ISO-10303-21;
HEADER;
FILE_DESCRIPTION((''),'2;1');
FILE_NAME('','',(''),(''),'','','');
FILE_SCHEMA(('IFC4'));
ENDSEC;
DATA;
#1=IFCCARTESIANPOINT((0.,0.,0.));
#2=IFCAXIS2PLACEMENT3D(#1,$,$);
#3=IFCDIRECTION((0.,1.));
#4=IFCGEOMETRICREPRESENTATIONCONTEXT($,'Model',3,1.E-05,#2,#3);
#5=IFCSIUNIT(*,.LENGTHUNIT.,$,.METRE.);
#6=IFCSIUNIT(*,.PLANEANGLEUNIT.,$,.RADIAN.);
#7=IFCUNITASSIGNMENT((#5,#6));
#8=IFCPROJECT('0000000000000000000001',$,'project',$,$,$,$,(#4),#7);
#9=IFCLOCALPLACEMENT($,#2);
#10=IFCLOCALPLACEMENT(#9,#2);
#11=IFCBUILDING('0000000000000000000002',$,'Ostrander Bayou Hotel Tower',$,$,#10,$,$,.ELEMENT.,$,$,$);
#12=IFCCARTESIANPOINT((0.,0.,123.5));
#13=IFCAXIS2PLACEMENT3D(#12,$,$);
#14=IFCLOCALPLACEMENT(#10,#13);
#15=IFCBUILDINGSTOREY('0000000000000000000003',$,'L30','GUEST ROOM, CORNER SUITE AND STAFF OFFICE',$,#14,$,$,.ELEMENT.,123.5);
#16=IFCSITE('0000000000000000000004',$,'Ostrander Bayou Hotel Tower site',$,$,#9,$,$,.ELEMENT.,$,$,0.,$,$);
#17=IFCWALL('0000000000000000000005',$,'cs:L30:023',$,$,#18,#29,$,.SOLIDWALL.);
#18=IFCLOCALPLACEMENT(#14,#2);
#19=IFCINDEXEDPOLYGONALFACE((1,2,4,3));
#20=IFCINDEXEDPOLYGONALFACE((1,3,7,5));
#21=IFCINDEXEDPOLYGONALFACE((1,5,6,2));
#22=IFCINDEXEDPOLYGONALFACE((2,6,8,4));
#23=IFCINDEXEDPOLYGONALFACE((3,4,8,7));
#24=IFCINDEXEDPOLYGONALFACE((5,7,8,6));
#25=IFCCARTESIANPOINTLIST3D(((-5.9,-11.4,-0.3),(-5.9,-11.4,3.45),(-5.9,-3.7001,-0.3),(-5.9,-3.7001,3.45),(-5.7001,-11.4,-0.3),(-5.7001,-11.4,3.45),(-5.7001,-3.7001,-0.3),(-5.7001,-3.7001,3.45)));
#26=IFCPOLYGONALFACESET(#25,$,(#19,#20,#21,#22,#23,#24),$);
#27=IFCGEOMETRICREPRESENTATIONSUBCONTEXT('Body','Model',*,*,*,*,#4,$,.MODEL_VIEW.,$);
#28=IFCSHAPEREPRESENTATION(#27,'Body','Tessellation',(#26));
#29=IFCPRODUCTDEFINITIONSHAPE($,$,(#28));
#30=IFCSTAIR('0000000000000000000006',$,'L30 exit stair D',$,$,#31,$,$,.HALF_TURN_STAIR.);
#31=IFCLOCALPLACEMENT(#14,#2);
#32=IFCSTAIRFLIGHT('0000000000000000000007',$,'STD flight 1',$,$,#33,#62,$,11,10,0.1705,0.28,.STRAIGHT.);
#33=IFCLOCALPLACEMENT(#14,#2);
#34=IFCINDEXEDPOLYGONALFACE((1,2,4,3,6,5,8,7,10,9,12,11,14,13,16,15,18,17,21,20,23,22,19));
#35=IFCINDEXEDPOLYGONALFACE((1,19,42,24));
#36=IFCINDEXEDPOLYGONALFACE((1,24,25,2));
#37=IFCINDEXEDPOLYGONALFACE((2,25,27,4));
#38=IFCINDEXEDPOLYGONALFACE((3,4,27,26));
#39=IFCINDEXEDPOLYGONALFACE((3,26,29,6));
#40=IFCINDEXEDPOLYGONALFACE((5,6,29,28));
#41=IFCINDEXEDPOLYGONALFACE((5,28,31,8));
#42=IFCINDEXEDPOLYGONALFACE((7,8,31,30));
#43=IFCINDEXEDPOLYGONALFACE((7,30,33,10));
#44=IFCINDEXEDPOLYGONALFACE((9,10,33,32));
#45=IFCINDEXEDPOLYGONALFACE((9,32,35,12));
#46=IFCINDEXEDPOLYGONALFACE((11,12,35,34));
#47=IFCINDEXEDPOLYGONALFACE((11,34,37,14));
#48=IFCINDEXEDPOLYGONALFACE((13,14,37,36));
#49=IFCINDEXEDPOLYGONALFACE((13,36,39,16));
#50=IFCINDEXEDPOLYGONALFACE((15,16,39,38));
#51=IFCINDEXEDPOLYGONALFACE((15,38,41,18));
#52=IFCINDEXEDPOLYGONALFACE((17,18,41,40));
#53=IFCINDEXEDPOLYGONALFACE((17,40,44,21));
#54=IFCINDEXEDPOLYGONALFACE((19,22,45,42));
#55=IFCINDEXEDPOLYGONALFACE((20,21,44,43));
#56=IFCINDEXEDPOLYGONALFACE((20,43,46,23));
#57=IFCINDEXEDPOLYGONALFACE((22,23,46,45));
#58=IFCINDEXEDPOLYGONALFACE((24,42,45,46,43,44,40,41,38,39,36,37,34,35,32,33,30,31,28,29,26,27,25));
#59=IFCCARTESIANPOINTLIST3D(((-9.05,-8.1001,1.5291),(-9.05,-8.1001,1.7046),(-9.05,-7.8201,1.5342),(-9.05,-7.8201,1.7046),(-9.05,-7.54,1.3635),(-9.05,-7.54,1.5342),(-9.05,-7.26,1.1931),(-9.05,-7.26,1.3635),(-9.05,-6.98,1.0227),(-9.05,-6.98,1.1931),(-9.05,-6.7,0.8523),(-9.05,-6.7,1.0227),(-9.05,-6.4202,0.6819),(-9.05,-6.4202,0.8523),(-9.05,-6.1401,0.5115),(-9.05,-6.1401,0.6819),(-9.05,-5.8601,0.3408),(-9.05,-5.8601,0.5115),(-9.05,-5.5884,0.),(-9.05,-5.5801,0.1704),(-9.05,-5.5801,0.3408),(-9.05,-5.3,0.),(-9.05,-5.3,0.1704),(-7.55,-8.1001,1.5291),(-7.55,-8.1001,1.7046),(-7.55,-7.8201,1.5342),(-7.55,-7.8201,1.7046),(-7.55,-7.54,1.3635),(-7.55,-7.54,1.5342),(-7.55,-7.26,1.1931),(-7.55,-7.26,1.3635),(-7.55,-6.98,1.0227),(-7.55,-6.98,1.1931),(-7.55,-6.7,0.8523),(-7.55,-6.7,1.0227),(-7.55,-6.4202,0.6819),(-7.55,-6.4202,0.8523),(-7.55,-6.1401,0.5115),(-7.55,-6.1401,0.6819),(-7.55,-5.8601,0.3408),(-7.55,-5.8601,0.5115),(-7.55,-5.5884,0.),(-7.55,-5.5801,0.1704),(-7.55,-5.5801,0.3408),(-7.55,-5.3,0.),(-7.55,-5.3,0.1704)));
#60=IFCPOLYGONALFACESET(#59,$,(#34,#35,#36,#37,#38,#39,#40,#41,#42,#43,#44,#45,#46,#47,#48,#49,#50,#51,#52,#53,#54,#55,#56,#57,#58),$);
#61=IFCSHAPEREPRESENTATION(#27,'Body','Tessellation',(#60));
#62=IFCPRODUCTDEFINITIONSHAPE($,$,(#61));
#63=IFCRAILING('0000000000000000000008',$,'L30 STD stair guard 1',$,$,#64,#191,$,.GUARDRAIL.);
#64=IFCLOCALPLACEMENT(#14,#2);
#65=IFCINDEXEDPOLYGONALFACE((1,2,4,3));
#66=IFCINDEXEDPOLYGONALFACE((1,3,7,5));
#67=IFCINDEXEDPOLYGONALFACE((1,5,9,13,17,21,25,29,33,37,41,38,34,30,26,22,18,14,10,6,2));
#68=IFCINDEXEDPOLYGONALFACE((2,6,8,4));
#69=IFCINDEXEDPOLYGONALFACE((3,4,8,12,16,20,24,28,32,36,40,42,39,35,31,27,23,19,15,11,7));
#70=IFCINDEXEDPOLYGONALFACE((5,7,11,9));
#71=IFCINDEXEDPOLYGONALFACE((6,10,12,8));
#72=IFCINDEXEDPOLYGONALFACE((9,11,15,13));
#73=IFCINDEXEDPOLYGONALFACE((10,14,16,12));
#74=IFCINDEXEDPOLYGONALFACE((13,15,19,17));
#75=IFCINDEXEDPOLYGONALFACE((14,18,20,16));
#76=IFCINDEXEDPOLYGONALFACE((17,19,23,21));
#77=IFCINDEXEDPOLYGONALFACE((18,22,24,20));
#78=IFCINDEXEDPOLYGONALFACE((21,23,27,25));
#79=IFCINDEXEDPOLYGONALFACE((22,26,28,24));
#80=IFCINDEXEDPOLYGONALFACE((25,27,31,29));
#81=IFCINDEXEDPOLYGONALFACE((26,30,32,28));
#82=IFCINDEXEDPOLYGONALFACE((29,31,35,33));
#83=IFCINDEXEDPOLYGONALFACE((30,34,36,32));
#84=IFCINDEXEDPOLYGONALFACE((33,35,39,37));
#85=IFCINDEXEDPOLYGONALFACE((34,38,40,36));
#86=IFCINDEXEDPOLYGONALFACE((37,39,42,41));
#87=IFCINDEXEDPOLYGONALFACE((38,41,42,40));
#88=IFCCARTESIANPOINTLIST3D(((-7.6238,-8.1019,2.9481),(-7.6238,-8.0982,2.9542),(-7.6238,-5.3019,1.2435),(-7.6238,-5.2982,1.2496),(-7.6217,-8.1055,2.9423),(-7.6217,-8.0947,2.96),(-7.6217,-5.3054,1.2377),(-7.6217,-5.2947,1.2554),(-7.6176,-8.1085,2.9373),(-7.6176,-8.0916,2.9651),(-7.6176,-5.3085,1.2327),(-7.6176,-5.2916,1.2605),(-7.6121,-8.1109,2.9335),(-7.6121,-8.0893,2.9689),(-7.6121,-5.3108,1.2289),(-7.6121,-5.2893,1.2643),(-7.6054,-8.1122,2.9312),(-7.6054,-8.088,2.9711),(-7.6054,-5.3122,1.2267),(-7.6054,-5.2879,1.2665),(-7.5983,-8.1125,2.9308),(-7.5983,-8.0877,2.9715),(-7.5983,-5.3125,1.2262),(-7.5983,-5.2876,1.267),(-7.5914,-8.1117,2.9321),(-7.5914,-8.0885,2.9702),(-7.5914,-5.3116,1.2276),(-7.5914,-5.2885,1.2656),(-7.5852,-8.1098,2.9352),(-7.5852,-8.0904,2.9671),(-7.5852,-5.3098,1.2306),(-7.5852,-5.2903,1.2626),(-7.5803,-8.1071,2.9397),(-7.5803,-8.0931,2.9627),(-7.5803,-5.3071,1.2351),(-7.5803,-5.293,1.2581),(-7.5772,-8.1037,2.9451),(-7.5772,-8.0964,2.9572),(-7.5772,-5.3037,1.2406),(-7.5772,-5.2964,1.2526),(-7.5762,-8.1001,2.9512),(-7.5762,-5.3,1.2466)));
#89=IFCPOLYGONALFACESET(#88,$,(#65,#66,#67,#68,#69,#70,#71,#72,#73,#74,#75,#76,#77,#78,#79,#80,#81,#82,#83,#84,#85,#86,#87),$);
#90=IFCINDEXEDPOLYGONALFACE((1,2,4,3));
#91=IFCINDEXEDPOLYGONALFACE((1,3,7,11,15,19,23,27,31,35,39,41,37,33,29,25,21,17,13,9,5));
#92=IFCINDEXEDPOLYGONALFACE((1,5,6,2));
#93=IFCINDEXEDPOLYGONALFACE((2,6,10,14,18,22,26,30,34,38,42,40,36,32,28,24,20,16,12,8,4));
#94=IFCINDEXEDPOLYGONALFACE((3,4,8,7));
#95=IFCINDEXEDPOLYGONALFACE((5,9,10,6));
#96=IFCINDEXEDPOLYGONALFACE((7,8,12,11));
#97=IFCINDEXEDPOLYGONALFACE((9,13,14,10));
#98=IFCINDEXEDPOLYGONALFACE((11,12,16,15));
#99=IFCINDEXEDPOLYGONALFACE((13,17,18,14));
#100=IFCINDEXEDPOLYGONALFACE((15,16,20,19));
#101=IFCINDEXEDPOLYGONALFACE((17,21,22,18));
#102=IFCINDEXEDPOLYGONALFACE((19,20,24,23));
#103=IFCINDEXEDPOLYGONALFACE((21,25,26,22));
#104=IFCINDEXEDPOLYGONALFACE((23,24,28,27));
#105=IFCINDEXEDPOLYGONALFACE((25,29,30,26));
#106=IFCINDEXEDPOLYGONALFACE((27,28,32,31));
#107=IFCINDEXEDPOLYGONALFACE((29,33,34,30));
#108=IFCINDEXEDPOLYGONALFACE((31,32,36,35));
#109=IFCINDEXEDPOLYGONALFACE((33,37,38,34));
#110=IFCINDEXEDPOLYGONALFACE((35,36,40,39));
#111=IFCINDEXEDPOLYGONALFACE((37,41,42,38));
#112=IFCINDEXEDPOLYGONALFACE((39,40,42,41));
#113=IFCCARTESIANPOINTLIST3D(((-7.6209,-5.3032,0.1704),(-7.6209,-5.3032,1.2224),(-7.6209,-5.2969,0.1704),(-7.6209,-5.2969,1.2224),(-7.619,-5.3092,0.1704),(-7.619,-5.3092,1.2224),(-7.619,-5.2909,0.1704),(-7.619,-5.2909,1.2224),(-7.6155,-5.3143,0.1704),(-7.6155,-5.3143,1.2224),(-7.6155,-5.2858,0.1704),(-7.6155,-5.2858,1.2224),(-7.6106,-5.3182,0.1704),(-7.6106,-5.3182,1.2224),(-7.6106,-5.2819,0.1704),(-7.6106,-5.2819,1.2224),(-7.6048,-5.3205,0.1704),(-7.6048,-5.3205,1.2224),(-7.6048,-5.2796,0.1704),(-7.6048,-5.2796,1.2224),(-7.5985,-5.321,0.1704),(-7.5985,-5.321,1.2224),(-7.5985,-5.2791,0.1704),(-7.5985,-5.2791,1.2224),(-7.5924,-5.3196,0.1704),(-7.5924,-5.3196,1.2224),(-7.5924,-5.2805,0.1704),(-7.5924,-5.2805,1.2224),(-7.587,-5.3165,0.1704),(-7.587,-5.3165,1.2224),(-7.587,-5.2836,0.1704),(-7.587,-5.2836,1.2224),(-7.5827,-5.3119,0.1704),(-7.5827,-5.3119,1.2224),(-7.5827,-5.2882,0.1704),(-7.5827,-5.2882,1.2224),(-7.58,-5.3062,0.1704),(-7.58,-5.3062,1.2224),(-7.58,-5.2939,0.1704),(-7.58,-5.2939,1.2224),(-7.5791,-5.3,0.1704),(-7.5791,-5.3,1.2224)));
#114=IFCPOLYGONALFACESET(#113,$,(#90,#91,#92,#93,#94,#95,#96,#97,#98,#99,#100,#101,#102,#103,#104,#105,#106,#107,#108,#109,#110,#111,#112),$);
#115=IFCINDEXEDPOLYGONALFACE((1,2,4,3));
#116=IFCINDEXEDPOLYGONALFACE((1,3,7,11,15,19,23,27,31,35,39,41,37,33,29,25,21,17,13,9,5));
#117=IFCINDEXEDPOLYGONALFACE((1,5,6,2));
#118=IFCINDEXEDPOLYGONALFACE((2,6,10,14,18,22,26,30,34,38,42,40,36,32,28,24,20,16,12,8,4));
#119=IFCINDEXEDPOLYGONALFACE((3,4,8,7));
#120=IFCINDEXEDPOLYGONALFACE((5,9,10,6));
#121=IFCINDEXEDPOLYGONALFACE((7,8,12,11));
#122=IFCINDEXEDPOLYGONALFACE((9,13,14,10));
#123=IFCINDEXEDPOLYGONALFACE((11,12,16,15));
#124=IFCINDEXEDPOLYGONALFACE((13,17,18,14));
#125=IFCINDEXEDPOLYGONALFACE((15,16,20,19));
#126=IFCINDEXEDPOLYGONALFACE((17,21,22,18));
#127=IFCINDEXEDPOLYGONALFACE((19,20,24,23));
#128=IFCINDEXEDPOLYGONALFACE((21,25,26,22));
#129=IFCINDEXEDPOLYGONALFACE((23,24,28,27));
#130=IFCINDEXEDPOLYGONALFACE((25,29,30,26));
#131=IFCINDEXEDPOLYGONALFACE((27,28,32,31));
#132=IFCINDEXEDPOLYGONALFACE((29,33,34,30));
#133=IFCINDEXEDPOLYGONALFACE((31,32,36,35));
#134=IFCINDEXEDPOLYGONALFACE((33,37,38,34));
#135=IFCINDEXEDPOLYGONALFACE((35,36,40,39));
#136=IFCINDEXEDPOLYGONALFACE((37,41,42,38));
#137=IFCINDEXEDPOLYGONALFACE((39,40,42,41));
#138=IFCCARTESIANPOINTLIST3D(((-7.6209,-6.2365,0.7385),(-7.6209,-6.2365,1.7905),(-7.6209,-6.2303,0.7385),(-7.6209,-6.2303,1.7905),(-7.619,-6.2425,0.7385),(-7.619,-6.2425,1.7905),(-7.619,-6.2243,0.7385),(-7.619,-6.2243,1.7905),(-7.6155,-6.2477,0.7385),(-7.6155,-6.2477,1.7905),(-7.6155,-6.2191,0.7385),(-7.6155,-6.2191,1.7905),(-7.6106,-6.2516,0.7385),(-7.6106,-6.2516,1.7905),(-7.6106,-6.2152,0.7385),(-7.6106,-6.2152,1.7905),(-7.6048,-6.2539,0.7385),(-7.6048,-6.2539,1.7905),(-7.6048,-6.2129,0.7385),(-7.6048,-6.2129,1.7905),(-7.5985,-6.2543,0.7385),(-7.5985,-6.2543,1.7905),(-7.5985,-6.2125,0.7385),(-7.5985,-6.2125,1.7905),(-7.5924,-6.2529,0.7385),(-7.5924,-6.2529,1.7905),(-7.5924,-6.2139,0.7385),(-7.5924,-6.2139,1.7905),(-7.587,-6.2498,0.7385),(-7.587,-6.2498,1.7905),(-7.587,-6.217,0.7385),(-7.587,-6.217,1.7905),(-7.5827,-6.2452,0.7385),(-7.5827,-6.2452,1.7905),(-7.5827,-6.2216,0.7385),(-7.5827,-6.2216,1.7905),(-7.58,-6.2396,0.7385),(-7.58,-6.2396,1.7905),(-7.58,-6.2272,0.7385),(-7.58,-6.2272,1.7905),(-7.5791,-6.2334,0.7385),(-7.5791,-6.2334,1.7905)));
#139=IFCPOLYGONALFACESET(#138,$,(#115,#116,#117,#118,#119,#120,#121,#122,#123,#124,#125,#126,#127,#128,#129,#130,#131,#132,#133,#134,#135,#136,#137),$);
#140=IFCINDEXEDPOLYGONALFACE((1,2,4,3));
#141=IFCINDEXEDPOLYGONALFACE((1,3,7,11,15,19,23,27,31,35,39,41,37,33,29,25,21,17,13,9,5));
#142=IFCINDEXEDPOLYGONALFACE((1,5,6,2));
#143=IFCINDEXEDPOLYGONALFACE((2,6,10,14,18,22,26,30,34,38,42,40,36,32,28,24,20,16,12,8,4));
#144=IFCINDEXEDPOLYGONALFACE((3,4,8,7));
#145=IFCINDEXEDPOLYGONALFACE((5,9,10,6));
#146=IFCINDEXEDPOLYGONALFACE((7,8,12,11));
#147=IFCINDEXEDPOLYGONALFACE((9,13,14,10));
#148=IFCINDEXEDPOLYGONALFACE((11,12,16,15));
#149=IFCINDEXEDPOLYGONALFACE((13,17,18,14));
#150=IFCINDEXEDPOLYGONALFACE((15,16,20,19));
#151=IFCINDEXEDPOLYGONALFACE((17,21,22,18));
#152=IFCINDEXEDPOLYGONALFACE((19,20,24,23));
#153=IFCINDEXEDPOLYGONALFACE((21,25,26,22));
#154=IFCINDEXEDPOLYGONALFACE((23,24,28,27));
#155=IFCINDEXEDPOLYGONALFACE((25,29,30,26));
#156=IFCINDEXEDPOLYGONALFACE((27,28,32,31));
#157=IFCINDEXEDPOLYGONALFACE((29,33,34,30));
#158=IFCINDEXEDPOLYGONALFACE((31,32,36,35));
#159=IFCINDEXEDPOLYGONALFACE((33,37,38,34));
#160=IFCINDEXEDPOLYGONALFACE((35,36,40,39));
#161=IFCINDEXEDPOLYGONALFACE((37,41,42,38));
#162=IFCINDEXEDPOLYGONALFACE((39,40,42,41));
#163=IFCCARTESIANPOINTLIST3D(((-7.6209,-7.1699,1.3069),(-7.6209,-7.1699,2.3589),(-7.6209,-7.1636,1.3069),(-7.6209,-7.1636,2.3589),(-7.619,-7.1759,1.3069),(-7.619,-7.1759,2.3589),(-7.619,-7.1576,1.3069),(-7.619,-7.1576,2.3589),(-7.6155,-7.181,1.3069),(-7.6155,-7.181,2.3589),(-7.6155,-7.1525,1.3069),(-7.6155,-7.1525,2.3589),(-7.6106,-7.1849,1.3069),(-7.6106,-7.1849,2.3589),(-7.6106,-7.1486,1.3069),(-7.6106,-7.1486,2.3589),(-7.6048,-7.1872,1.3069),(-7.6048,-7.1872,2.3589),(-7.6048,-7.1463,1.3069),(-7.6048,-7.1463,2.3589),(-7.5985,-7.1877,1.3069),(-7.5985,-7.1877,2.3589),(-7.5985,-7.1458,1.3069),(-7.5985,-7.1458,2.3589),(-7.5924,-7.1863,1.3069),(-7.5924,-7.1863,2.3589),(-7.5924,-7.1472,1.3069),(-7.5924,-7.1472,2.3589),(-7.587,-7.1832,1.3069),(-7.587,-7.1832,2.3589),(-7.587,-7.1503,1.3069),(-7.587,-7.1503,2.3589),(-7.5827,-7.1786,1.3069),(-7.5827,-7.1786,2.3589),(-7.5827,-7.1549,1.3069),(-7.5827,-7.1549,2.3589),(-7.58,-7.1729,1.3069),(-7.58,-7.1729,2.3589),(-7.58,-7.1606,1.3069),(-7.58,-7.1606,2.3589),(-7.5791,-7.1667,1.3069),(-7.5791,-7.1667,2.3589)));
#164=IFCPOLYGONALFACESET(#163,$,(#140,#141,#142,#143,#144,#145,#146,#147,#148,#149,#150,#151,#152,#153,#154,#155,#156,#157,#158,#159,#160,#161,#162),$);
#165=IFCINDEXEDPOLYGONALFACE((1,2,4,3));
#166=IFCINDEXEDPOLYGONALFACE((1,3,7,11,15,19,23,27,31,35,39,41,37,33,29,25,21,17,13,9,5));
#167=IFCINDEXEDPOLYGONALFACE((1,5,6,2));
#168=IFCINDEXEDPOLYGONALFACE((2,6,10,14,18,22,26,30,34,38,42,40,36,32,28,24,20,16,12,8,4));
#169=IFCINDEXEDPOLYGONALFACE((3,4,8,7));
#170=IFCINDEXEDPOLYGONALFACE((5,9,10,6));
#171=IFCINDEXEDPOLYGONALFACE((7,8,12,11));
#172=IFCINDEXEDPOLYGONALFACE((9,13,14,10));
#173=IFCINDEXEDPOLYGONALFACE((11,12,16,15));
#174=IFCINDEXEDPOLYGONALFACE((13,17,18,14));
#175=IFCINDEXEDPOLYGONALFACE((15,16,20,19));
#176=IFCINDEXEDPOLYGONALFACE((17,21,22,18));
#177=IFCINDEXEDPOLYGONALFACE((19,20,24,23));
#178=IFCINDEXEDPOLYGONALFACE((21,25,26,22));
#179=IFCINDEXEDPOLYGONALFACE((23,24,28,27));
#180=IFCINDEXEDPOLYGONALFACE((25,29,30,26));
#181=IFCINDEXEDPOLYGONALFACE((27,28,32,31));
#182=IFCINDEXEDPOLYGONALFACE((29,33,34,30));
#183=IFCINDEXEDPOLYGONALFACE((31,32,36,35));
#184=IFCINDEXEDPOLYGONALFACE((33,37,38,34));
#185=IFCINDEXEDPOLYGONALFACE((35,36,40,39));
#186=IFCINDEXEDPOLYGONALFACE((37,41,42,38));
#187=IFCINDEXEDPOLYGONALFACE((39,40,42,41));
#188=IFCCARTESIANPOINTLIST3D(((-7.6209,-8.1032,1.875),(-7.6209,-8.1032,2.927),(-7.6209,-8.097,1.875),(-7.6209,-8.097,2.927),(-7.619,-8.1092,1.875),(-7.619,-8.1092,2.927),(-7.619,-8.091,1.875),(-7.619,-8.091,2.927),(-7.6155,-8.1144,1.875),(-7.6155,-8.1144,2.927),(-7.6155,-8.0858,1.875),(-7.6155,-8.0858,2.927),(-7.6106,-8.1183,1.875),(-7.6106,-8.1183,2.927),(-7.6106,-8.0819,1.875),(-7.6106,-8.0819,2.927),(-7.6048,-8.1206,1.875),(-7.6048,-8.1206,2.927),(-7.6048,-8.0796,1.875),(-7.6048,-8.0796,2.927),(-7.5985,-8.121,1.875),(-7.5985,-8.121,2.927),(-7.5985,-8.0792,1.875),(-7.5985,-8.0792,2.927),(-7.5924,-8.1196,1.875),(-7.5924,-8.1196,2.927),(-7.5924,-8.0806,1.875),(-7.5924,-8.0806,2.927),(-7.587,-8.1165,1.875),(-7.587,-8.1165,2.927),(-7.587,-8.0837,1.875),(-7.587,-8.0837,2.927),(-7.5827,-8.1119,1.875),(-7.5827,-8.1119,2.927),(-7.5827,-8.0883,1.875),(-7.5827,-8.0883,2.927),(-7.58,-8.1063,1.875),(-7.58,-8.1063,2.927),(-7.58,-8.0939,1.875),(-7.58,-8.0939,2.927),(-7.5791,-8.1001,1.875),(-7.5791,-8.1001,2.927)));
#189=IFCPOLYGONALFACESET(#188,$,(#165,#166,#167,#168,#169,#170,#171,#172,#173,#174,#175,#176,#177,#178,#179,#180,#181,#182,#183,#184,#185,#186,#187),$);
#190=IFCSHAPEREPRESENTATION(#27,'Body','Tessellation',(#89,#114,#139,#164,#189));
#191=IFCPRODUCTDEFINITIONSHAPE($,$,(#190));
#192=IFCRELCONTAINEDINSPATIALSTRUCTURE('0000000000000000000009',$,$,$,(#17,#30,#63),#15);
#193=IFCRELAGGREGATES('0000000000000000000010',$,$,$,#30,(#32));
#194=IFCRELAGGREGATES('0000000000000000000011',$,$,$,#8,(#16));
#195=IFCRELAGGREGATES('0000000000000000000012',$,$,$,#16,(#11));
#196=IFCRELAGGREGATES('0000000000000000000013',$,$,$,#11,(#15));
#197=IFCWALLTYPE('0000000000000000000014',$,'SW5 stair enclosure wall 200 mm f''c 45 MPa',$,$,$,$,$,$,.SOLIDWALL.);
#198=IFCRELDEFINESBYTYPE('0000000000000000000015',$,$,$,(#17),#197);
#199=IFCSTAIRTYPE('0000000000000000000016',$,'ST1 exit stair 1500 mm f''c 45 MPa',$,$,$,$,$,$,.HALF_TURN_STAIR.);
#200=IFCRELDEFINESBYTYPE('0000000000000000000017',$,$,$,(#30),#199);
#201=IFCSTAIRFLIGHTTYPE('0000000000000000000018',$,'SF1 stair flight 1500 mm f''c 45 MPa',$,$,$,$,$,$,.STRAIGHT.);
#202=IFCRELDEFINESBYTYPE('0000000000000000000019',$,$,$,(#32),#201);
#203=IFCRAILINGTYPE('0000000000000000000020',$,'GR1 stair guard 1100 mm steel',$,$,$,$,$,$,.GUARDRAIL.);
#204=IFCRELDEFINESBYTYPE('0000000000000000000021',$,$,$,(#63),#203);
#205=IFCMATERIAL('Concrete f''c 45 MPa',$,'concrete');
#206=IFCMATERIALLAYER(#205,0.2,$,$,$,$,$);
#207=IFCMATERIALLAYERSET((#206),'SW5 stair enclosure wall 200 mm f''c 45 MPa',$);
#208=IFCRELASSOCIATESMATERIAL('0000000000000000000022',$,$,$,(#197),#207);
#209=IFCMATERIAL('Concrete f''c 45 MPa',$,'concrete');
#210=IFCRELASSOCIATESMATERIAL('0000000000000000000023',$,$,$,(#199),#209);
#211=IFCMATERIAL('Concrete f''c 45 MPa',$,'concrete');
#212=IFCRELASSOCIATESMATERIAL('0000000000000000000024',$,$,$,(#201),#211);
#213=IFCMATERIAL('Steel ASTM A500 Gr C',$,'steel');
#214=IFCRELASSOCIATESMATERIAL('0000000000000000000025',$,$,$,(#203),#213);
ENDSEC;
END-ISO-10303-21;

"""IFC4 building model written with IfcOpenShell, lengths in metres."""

from ifc_helpers import new_model, si_unit, direction, frame, frame_2d, origin, origin_2d, place, context, subcontext, project, spatial, polyline, rectangle, circle, outline, extrude, material, layer, layer_set, type_object, element, aggregate, save


model = new_model("IFC4")

# Units and contexts
model_context = context("Model", 3, precision=1e-05, world=origin(), true_north=direction((0.0, 1.0)))
body_context = subcontext(model_context, "Body", "Model", "MODEL_VIEW")
ifc_project = project(units=[si_unit("LENGTHUNIT", "METRE"), si_unit("PLANEANGLEUNIT", "RADIAN")], contexts=[model_context])

# Site, building, storey
site_placement = place(None, origin())
site = spatial("IfcSite", under=ifc_project, at=site_placement, Name="Ostrander Bayou Hotel Tower site", CompositionType="ELEMENT", RefElevation=0.0)
building_placement = place(site_placement, origin())
building = spatial("IfcBuilding", under=site, at=building_placement, Name="Ostrander Bayou Hotel Tower", CompositionType="ELEMENT")
storey_placement = place(building_placement, frame((0.0, 0.0, 123.5)))
storey = spatial("IfcBuildingStorey", under=building, at=storey_placement, Name="L30", Description="GUEST ROOM, CORNER SUITE AND STAFF OFFICE", CompositionType="ELEMENT", Elevation=123.5)

# Shared definitions
ifc_material_1 = material(Name="Concrete f'c 45 MPa", Category="concrete")
ifc_layer_1 = layer(ifc_material_1, 0.2)
ifc_layer_set_1 = layer_set([ifc_layer_1], Name="SW5 stair enclosure wall 200 mm f'c 45 MPa")
wall_type_1 = type_object("IfcWallType", Name="SW5 stair enclosure wall 200 mm f'c 45 MPa", PredefinedType="SOLIDWALL", material=ifc_layer_set_1)

# Wall
for number, where, z_axis, x_axis, name in (
    (1, (-5.8, -3.7, -0.3), (0.0, 0.0, 1.0), (0.0, -1.0, 0.0), "cs:L30:023"),
):
    element("IfcWall", number, at=place(storey_placement, frame(where, z_axis=z_axis, x_axis=x_axis)), inside=storey, type_object=wall_type_1, Name=name, PredefinedType="SOLIDWALL", context=body_context, shape_type="SweptSolid", body=[
        extrude(rectangle(XDim=7.7, YDim=0.2, at=frame_2d((3.8501, 0.0))), origin(), (0.0, 0.0, 1.0), 3.75),
    ])

# Stair, stair flight
ifc_material_2 = material(Name="Concrete f'c 45 MPa", Category="concrete")
stair_type = type_object("IfcStairType", Name="ST1 exit stair 1500 mm f'c 45 MPa", PredefinedType="HALF_TURN_STAIR", material=ifc_material_2)
stair_placement = place(storey_placement, origin())
stair = element("IfcStair", 2, at=stair_placement, inside=storey, type_object=stair_type, Name="L30 exit stair D", PredefinedType="HALF_TURN_STAIR")
ifc_material_3 = material(Name="Concrete f'c 45 MPa", Category="concrete")
stair_flight_type = type_object("IfcStairFlightType", Name="SF1 stair flight 1500 mm f'c 45 MPa", PredefinedType="STRAIGHT", material=ifc_material_3)
stair_flight_placement = place(storey_placement, frame((-8.3, -5.3, 0.0), z_axis=(0.0, 0.0, 1.0), x_axis=(0.0, -1.0, 0.0)))
stair_flight = element("IfcStairFlight", 3, at=stair_flight_placement, type_object=stair_flight_type, Name="STD flight 1", NumberOfRisers=11, NumberOfTreads=10, PredefinedType="STRAIGHT", RiserHeight=0.1705, TreadLength=0.28, context=body_context, shape_type="SweptSolid", body=[
    extrude(outline(polyline([(0.0, 0.0), (0.0, 0.1704), (0.28, 0.1704), (0.28, 0.3408), (0.5601, 0.3408), (0.5601, 0.5115), (0.8401, 0.5115), (0.8401, 0.6819), (1.1201, 0.6819), (1.1201, 0.8523), (1.3999, 0.8523), (1.3999, 1.0227), (1.6799, 1.0227), (1.6799, 1.1931), (1.96, 1.1931), (1.96, 1.3635), (2.24, 1.3635), (2.24, 1.5342), (2.52, 1.5342), (2.52, 1.7046), (2.8, 1.7046), (2.8, 1.875), (2.8, 1.5291), (0.2883, 0.0), (0.0, 0.0)])), frame((0.0, 0.75, 0.0), z_axis=(0.0, -1.0, 0.0), x_axis=(1.0, 0.0, 0.0)), (0.0, 0.0, 1.0), 1.5),
])
aggregate(stair, [stair_flight])

# Railing
ifc_material_4 = material(Name="Steel ASTM A500 Gr C", Category="steel")
railing_type_1 = type_object("IfcRailingType", Name="GR1 stair guard 1100 mm steel", PredefinedType="GUARDRAIL", material=ifc_material_4)
railing_1_placement = place(storey_placement, frame((-7.6001, -5.3, 0.1704)))
element("IfcRailing", 4, at=railing_1_placement, inside=storey, type_object=railing_type_1, Name="L30 STD stair guard 1", PredefinedType="GUARDRAIL", context=body_context, shape_type="SweptSolid", body=[
    extrude(circle(Radius=0.0239, at=origin_2d()), frame((0.0, 0.0, 1.0762), z_axis=(0.0, -0.85417, 0.519994), x_axis=(1.0, 0.0, 0.0)), (0.0, 0.0, 1.0), 3.2781),
    extrude(circle(Radius=0.021, at=origin_2d()), origin(), (0.0, 0.0, 1.0), 1.052),
    extrude(circle(Radius=0.021, at=origin_2d()), frame((0.0, -0.9333, 0.5681)), (0.0, 0.0, 1.0), 1.052),
    extrude(circle(Radius=0.021, at=origin_2d()), frame((0.0, -1.8667, 1.1365)), (0.0, 0.0, 1.0), 1.052),
    extrude(circle(Radius=0.021, at=origin_2d()), frame((0.0, -2.8, 1.7046)), (0.0, 0.0, 1.0), 1.052),
])

save(model, "model.ifc")
